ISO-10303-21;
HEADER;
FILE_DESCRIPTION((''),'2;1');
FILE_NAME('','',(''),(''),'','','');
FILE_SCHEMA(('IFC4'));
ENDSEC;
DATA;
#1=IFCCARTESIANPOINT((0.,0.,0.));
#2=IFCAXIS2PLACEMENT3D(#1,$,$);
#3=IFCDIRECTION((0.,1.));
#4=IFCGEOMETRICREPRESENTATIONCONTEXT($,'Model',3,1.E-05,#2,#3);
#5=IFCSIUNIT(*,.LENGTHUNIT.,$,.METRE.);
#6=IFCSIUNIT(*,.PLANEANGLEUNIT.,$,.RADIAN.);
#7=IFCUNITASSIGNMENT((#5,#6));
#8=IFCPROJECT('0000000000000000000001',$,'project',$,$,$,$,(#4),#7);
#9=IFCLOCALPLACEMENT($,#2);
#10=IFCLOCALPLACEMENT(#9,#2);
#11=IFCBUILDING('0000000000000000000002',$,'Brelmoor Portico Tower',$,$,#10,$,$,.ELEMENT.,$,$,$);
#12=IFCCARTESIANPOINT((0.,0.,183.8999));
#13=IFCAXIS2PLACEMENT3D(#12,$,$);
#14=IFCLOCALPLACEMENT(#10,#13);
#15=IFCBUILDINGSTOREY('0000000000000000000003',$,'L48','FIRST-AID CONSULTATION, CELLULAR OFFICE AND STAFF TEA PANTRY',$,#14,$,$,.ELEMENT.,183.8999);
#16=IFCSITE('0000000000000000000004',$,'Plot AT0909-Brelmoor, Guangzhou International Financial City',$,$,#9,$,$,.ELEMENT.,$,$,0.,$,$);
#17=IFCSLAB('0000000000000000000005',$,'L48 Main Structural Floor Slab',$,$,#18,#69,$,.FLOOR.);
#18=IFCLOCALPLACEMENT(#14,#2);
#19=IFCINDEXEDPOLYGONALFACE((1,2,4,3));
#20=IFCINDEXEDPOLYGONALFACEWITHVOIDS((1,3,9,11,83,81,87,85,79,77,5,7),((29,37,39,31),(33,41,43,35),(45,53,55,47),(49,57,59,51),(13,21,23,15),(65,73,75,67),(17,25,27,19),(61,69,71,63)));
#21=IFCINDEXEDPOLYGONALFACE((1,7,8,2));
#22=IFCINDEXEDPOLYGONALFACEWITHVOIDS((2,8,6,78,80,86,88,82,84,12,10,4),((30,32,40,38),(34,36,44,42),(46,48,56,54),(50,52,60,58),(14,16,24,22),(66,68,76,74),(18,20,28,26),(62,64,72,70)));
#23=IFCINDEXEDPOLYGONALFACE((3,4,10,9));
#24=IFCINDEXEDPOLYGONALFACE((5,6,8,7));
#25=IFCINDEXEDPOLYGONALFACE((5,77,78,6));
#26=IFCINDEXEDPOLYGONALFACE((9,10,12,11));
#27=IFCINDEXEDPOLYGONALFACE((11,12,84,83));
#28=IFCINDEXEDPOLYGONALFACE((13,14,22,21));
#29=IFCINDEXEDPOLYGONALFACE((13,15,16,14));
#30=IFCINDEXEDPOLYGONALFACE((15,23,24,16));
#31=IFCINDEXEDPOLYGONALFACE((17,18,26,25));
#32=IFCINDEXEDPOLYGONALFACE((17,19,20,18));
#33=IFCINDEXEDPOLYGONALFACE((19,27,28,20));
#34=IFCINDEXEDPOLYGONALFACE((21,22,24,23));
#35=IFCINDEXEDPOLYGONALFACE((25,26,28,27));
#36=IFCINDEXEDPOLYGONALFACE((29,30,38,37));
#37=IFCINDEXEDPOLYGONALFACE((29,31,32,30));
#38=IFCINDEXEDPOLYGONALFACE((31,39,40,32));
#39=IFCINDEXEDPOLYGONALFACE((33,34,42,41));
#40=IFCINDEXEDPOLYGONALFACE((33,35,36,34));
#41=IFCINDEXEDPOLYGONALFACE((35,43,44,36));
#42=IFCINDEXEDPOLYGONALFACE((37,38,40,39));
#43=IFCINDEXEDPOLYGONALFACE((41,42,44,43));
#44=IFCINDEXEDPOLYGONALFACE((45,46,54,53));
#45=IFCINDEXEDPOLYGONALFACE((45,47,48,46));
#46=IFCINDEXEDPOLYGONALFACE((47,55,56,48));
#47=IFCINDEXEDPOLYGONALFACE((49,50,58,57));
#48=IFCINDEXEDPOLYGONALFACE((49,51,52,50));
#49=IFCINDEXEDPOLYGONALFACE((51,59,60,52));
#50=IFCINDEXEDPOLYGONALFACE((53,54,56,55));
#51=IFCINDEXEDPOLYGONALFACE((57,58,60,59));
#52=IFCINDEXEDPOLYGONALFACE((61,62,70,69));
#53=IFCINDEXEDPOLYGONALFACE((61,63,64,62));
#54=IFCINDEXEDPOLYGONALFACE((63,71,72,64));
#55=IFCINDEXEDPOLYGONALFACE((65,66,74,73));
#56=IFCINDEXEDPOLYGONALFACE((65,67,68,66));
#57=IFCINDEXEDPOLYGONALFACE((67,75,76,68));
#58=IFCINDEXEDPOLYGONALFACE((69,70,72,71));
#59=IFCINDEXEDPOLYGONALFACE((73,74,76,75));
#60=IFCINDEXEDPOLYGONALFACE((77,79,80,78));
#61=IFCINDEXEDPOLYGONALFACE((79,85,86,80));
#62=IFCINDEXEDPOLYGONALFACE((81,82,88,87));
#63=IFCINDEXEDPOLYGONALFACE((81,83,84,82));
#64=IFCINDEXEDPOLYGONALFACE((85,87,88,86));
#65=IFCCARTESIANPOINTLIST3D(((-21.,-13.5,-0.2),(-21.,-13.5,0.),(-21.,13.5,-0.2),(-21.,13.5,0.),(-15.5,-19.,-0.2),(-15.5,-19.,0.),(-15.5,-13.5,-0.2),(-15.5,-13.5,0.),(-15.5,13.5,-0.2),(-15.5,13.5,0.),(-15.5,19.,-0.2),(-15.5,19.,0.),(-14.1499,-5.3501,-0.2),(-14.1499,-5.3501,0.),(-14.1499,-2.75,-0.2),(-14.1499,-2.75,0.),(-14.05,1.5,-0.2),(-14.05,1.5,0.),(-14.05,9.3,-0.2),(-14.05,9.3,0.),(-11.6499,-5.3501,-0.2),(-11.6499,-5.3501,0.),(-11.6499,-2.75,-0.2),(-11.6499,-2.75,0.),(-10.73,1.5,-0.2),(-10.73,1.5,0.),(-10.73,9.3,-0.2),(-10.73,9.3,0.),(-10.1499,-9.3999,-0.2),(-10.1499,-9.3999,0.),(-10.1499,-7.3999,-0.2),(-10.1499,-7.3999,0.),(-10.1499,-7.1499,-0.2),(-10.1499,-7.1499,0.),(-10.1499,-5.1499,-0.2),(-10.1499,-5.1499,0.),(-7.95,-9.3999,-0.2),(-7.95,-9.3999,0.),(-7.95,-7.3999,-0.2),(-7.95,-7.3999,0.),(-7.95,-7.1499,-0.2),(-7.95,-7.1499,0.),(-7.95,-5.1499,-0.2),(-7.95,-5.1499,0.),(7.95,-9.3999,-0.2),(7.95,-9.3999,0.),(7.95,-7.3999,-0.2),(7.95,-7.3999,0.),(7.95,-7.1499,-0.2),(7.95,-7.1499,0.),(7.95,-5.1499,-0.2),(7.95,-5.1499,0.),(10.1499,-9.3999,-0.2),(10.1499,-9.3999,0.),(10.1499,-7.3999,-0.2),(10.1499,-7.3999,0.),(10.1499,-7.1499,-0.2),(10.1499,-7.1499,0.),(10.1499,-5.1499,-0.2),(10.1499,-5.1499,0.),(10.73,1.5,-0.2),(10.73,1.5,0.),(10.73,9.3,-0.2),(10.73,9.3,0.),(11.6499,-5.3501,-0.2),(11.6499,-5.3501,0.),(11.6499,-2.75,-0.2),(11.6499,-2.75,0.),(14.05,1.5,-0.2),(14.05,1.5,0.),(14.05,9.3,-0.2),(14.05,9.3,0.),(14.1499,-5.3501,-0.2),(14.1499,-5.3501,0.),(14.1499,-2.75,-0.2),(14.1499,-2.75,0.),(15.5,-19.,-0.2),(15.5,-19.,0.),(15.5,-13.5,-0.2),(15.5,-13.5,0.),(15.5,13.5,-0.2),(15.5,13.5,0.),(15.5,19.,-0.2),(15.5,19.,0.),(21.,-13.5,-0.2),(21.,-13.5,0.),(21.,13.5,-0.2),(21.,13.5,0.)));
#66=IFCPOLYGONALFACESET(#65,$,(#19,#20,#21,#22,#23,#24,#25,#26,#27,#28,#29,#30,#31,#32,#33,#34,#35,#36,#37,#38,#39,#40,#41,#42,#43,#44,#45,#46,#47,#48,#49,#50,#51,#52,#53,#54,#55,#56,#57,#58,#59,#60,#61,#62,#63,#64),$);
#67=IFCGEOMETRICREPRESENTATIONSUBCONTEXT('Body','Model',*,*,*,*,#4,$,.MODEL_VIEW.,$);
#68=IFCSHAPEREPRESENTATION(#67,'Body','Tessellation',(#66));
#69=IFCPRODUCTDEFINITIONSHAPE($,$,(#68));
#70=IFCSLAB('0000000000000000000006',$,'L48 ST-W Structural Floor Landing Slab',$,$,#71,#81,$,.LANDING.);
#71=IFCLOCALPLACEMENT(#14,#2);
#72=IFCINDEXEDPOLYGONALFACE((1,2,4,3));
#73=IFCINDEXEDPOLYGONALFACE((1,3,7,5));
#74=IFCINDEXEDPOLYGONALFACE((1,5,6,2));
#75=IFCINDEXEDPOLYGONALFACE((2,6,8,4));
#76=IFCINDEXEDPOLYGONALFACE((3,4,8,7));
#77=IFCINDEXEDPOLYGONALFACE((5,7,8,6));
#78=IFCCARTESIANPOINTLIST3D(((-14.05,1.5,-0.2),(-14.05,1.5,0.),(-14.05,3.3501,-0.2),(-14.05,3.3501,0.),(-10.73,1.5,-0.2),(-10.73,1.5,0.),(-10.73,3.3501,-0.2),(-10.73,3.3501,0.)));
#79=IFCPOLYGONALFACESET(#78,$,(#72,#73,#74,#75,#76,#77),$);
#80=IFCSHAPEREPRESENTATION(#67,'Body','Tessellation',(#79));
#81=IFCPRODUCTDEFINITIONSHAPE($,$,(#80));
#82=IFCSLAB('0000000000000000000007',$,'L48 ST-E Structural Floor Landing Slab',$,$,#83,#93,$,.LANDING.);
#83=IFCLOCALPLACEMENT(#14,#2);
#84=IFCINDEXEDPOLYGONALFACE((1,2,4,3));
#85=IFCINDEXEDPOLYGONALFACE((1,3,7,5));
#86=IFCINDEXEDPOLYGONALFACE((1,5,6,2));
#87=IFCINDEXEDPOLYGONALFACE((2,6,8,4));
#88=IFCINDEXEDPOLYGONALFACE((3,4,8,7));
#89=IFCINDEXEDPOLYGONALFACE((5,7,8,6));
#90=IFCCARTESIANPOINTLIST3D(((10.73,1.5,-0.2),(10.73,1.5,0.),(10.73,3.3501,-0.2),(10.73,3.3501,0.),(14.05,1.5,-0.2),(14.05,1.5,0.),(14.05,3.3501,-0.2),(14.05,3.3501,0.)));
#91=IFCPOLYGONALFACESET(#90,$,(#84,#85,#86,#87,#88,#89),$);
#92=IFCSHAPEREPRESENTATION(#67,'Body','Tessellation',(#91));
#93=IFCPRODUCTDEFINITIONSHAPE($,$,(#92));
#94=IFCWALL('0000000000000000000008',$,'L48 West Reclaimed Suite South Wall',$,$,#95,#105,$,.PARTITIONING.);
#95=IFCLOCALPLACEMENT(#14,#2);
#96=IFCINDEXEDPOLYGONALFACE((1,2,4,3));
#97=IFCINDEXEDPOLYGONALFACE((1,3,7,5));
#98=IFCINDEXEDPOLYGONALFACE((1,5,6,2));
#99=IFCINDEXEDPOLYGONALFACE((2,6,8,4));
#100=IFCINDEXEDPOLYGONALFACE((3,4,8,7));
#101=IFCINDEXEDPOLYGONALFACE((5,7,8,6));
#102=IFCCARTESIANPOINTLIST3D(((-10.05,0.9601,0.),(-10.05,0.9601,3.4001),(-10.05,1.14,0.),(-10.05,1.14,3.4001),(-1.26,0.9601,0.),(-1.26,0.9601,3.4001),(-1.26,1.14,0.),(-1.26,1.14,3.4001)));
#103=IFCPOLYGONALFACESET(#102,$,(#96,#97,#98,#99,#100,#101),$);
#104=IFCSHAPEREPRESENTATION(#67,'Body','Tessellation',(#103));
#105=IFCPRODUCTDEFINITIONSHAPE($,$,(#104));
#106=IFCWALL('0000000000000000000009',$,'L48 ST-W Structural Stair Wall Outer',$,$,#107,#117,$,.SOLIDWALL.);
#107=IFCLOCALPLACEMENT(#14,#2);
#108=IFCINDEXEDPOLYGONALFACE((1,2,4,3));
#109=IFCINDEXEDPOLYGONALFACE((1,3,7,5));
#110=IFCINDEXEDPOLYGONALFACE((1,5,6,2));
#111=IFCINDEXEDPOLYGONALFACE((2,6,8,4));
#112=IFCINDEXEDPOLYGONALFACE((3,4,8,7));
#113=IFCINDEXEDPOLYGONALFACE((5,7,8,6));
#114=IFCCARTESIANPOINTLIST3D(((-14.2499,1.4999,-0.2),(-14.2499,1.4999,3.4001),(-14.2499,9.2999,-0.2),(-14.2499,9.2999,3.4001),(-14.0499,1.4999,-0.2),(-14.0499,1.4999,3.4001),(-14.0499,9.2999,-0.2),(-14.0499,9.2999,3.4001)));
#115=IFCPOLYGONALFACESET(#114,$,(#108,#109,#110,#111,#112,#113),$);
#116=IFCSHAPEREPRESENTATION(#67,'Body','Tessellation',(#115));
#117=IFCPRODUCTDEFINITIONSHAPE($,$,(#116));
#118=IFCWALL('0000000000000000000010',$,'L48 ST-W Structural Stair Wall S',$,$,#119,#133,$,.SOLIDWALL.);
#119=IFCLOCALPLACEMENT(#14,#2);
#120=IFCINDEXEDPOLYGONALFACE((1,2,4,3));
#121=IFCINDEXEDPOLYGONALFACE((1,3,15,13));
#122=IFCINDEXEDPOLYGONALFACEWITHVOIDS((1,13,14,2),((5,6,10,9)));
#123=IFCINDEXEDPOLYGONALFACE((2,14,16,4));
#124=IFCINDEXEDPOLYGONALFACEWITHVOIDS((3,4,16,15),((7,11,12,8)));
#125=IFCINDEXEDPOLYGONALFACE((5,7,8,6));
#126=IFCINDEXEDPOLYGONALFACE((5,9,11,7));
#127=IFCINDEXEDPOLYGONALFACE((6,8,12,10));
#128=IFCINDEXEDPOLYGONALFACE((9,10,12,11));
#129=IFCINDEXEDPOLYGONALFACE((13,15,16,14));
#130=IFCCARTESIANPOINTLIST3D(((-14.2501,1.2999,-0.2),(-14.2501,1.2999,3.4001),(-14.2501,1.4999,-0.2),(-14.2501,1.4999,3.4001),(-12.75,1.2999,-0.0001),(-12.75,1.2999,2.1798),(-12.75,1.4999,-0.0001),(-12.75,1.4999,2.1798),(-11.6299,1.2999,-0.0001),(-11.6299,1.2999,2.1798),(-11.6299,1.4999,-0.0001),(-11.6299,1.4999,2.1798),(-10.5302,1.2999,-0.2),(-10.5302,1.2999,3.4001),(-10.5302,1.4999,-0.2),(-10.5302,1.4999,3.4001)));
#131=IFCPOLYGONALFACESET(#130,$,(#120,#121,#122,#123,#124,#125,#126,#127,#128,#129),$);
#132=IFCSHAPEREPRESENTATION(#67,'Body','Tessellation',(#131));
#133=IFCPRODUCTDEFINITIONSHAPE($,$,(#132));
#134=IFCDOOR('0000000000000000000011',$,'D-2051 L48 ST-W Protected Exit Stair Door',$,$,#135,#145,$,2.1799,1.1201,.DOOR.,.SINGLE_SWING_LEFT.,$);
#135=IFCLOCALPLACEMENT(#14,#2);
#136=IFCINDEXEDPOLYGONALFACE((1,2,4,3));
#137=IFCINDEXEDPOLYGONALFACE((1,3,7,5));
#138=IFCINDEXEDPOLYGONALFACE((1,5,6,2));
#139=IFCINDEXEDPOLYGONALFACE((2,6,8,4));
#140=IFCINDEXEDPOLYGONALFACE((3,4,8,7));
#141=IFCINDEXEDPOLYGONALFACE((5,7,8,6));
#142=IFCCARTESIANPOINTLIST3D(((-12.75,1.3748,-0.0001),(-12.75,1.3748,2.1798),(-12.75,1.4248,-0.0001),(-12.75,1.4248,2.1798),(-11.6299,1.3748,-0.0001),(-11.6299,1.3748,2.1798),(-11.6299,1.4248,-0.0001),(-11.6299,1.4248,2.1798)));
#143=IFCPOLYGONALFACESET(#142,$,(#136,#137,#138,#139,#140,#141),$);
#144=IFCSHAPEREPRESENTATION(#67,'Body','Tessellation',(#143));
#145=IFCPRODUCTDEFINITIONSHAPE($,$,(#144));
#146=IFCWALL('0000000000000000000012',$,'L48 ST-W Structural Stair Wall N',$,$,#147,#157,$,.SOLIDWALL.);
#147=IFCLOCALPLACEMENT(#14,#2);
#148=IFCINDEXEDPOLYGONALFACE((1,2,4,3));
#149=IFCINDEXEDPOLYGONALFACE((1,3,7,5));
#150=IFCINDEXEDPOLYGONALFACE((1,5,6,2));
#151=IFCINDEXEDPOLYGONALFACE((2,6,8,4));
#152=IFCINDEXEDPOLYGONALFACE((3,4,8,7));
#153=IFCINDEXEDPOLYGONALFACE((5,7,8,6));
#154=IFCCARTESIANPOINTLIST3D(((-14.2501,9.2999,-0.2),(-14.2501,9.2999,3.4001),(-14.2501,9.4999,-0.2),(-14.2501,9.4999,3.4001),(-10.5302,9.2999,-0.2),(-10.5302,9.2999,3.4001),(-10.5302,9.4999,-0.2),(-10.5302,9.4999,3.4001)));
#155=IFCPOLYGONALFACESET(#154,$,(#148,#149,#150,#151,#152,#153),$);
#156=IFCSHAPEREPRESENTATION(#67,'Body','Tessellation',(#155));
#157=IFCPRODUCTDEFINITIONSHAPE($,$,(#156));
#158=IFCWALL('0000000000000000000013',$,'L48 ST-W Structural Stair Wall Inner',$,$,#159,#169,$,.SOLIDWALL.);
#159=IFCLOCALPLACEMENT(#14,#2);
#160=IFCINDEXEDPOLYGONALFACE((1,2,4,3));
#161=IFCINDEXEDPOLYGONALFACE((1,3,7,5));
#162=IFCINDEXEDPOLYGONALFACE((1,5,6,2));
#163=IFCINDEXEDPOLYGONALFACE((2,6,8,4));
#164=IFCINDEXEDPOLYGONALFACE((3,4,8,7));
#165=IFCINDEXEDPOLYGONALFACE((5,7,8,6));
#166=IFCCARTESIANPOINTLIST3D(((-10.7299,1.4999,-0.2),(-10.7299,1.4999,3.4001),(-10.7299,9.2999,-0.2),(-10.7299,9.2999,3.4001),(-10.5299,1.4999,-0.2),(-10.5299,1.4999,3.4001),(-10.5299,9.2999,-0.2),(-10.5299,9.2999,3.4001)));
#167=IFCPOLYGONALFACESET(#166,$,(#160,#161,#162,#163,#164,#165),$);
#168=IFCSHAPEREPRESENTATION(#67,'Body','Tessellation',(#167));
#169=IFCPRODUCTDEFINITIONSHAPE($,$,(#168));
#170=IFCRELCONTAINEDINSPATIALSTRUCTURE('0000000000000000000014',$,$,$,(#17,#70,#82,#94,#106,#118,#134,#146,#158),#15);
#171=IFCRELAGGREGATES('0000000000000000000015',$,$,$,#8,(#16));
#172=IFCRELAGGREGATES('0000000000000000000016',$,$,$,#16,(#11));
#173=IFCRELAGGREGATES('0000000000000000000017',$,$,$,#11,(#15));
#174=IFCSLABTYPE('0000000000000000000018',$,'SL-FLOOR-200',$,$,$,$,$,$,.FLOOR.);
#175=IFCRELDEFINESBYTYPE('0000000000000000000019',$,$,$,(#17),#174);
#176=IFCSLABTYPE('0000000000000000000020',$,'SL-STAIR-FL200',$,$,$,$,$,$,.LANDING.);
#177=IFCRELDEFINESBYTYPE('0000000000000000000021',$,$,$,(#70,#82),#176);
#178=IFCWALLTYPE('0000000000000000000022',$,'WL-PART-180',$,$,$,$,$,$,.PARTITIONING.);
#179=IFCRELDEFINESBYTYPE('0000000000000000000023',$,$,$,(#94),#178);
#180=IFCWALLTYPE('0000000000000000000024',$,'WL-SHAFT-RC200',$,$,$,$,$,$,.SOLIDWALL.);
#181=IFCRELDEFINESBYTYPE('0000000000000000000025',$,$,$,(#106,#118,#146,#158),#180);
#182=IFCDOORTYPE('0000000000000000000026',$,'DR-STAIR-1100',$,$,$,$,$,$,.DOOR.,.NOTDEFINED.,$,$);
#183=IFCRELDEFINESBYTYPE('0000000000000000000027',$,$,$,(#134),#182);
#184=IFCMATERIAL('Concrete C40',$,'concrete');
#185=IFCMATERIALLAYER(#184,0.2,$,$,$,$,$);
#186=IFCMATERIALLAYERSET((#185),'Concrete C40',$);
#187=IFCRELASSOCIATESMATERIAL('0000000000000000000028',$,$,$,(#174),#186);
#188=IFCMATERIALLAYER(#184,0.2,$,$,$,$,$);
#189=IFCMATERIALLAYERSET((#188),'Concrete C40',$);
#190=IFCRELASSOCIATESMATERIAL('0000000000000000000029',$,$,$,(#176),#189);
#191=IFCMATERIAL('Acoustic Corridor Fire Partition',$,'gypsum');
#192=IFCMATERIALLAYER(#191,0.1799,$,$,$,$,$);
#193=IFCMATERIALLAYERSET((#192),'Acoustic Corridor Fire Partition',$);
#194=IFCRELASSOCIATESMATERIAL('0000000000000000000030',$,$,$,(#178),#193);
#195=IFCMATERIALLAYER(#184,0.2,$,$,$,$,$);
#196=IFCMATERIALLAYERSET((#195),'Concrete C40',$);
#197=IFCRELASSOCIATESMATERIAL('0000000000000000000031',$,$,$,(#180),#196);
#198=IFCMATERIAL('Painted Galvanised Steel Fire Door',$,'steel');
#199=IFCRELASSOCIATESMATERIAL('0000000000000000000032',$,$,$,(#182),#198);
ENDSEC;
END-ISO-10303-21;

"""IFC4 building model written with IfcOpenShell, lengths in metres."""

from ifc_helpers import new_model, si_unit, direction, frame, frame_2d, origin, place, context, subcontext, project, spatial, polyline, rectangle, outline, extrude, material, layer, layer_set, type_object, element, fill, save


model = new_model("IFC4")

# Units and contexts
model_context = context("Model", 3, precision=1e-05, world=origin(), true_north=direction((0.0, 1.0)))
body_context = subcontext(model_context, "Body", "Model", "MODEL_VIEW")
ifc_project = project(units=[si_unit("LENGTHUNIT", "METRE"), si_unit("PLANEANGLEUNIT", "RADIAN")], contexts=[model_context])

# Site, building, storey
site_placement = place(None, origin())
site = spatial("IfcSite", under=ifc_project, at=site_placement, Name="Plot AT0909-Brelmoor, Guangzhou International Financial City", CompositionType="ELEMENT", RefElevation=0.0)
building_placement = place(site_placement, origin())
building = spatial("IfcBuilding", under=site, at=building_placement, Name="Brelmoor Portico Tower", CompositionType="ELEMENT")
storey_placement = place(building_placement, frame((0.0, 0.0, 183.8999)))
storey = spatial("IfcBuildingStorey", under=building, at=storey_placement, Name="L48", Description="FIRST-AID CONSULTATION, CELLULAR OFFICE AND STAFF TEA PANTRY", CompositionType="ELEMENT", Elevation=183.8999)

# Slabs
ifc_material_1 = material(Name="Concrete C40", Category="concrete")
ifc_layer_1 = layer(ifc_material_1, 0.2)
ifc_layer_set_1 = layer_set([ifc_layer_1], Name="Concrete C40")
slab_type_1 = type_object("IfcSlabType", Name="SL-FLOOR-200", PredefinedType="FLOOR", material=ifc_layer_set_1)
slab_1_placement = place(storey_placement, frame((0.0, 0.0, -0.2)))
element("IfcSlab", 1, at=slab_1_placement, inside=storey, type_object=slab_type_1, Name="L48 Main Structural Floor Slab", PredefinedType="FLOOR", context=body_context, shape_type="SweptSolid", body=[
    extrude(outline(polyline([(-15.5, -19.0), (15.5, -19.0), (15.5, -13.5), (21.0, -13.5), (21.0, 13.5), (15.5, 13.5), (15.5, 19.0), (-15.5, 19.0), (-15.5, 13.5), (-21.0, 13.5), (-21.0, -13.5), (-15.5, -13.5), (-15.5, -19.0)]), holes=[polyline([(-10.73, 1.5), (-10.73, 9.3), (-14.05, 9.3), (-14.05, 1.5), (-10.73, 1.5)]), polyline([(14.05, 1.5), (14.05, 9.3), (10.73, 9.3), (10.73, 1.5), (14.05, 1.5)]), polyline([(-10.1499, -9.3999), (-7.95, -9.3999), (-7.95, -7.3999), (-10.1499, -7.3999), (-10.1499, -9.3999)]), polyline([(-10.1499, -7.1499), (-7.95, -7.1499), (-7.95, -5.1499), (-10.1499, -5.1499), (-10.1499, -7.1499)]), polyline([(7.95, -9.3999), (10.1499, -9.3999), (10.1499, -7.3999), (7.95, -7.3999), (7.95, -9.3999)]), polyline([(7.95, -7.1499), (10.1499, -7.1499), (10.1499, -5.1499), (7.95, -5.1499), (7.95, -7.1499)]), polyline([(-14.1499, -5.3501), (-11.6499, -5.3501), (-11.6499, -2.75), (-14.1499, -2.75), (-14.1499, -5.3501)]), polyline([(11.6499, -5.3501), (14.1499, -5.3501), (14.1499, -2.75), (11.6499, -2.75), (11.6499, -5.3501)])]), origin(), (0.0, 0.0, 1.0), 0.2),
])
ifc_layer_2 = layer(ifc_material_1, 0.2)
ifc_layer_set_2 = layer_set([ifc_layer_2], Name="Concrete C40")
slab_type_2 = type_object("IfcSlabType", Name="SL-STAIR-FL200", PredefinedType="LANDING", material=ifc_layer_set_2)
slab_2_placement = place(storey_placement, frame((0.0, 0.0, -0.2)))
element("IfcSlab", 2, at=slab_2_placement, inside=storey, type_object=slab_type_2, Name="L48 ST-W Structural Floor Landing Slab", PredefinedType="LANDING", context=body_context, shape_type="SweptSolid", body=[
    extrude(outline(polyline([(-10.73, 1.5), (-10.73, 3.3501), (-14.05, 3.3501), (-14.05, 1.5), (-10.73, 1.5)])), origin(), (0.0, 0.0, 1.0), 0.2),
])
slab_3_placement = place(storey_placement, frame((0.0, 0.0, -0.2)))
element("IfcSlab", 3, at=slab_3_placement, inside=storey, type_object=slab_type_2, Name="L48 ST-E Structural Floor Landing Slab", PredefinedType="LANDING", context=body_context, shape_type="SweptSolid", body=[
    extrude(outline(polyline([(14.05, 1.5), (14.05, 3.3501), (10.73, 3.3501), (10.73, 1.5), (14.05, 1.5)])), origin(), (0.0, 0.0, 1.0), 0.2),
])

# Walls
ifc_material_2 = material(Name="Acoustic Corridor Fire Partition", Category="gypsum")
ifc_layer_3 = layer(ifc_material_2, 0.1799)
ifc_layer_set_3 = layer_set([ifc_layer_3], Name="Acoustic Corridor Fire Partition")
wall_type_1 = type_object("IfcWallType", Name="WL-PART-180", PredefinedType="PARTITIONING", material=ifc_layer_set_3)
wall_1_placement = place(storey_placement, frame((-10.05, 1.05, 0.0), z_axis=(0.0, 0.0, 1.0), x_axis=(1.0, 0.0, 0.0)))
element("IfcWall", 4, at=wall_1_placement, inside=storey, type_object=wall_type_1, Name="L48 West Reclaimed Suite South Wall", PredefinedType="PARTITIONING", context=body_context, shape_type="SweptSolid", body=[
    extrude(rectangle(XDim=8.79, YDim=0.1799, at=frame_2d((4.395, 0.0))), origin(), (0.0, 0.0, 1.0), 3.4001),
])
ifc_layer_4 = layer(ifc_material_1, 0.2)
ifc_layer_set_4 = layer_set([ifc_layer_4], Name="Concrete C40")
wall_type_2 = type_object("IfcWallType", Name="WL-SHAFT-RC200", PredefinedType="SOLIDWALL", material=ifc_layer_set_4)
wall_2_placement = place(storey_placement, frame((-14.1499, 1.5, -0.2), z_axis=(0.0, 0.0, 1.0), x_axis=(0.0, 1.0, 0.0)))
element("IfcWall", 5, at=wall_2_placement, inside=storey, type_object=wall_type_2, Name="L48 ST-W Structural Stair Wall Outer", PredefinedType="SOLIDWALL", context=body_context, shape_type="SweptSolid", body=[
    extrude(rectangle(XDim=7.8, YDim=0.2, at=frame_2d((3.8999, 0.0))), origin(), (0.0, 0.0, 1.0), 3.6001),
])

# Wall, opening, door
wall_3_placement = place(storey_placement, frame((-14.25, 1.3999, -0.2), z_axis=(0.0, 0.0, 1.0), x_axis=(1.0, 0.0, 0.0)))
wall_3 = element("IfcWall", 6, at=wall_3_placement, inside=storey, type_object=wall_type_2, Name="L48 ST-W Structural Stair Wall S", PredefinedType="SOLIDWALL", context=body_context, shape_type="SweptSolid", body=[
    extrude(rectangle(XDim=3.72, YDim=0.2, at=frame_2d((1.8599, 0.0))), origin(), (0.0, 0.0, 1.0), 3.6001),
])
opening_placement = place(wall_3_placement, frame((1.5, 0.0, 0.2)))
opening = element("IfcOpeningElement", 7, at=opening_placement, cuts=wall_3, PredefinedType="OPENING", context=body_context, shape_type="SweptSolid", body=[
    extrude(rectangle(XDim=1.1201, YDim=2.1799, at=frame_2d((0.5601, 1.0898))), frame((0.0, 0.1099, 0.0), z_axis=(0.0, -1.0, 0.0), x_axis=(1.0, 0.0, 0.0)), (0.0, 0.0, 1.0), 0.22),
])
ifc_material_3 = material(Name="Painted Galvanised Steel Fire Door", Category="steel")
door_type = type_object("IfcDoorType", Name="DR-STAIR-1100", OperationType="NOTDEFINED", PredefinedType="DOOR", material=ifc_material_3)
door_placement = place(opening_placement, origin())
door = element("IfcDoor", 8, at=door_placement, inside=storey, type_object=door_type, Name="D-2051 L48 ST-W Protected Exit Stair Door", OperationType="SINGLE_SWING_LEFT", OverallHeight=2.1799, OverallWidth=1.1201, PredefinedType="DOOR", context=body_context, shape_type="SweptSolid", body=[
    extrude(rectangle(XDim=1.1201, YDim=2.1799, at=frame_2d((0.5601, 1.0898))), frame((0.0, 0.0249, 0.0), z_axis=(0.0, -1.0, 0.0), x_axis=(1.0, 0.0, 0.0)), (0.0, 0.0, 1.0), 0.05),
])
fill(opening, door)

# Walls
wall_4_placement = place(storey_placement, frame((-14.25, 9.3999, -0.2), z_axis=(0.0, 0.0, 1.0), x_axis=(1.0, 0.0, 0.0)))
element("IfcWall", 9, at=wall_4_placement, inside=storey, type_object=wall_type_2, Name="L48 ST-W Structural Stair Wall N", PredefinedType="SOLIDWALL", context=body_context, shape_type="SweptSolid", body=[
    extrude(rectangle(XDim=3.72, YDim=0.2, at=frame_2d((1.8599, 0.0))), origin(), (0.0, 0.0, 1.0), 3.6001),
])
wall_5_placement = place(storey_placement, frame((-10.6299, 1.5, -0.2), z_axis=(0.0, 0.0, 1.0), x_axis=(0.0, 1.0, 0.0)))
element("IfcWall", 10, at=wall_5_placement, inside=storey, type_object=wall_type_2, Name="L48 ST-W Structural Stair Wall Inner", PredefinedType="SOLIDWALL", context=body_context, shape_type="SweptSolid", body=[
    extrude(rectangle(XDim=7.8, YDim=0.2, at=frame_2d((3.8999, 0.0))), origin(), (0.0, 0.0, 1.0), 3.6001),
])

save(model, "model.ifc")
